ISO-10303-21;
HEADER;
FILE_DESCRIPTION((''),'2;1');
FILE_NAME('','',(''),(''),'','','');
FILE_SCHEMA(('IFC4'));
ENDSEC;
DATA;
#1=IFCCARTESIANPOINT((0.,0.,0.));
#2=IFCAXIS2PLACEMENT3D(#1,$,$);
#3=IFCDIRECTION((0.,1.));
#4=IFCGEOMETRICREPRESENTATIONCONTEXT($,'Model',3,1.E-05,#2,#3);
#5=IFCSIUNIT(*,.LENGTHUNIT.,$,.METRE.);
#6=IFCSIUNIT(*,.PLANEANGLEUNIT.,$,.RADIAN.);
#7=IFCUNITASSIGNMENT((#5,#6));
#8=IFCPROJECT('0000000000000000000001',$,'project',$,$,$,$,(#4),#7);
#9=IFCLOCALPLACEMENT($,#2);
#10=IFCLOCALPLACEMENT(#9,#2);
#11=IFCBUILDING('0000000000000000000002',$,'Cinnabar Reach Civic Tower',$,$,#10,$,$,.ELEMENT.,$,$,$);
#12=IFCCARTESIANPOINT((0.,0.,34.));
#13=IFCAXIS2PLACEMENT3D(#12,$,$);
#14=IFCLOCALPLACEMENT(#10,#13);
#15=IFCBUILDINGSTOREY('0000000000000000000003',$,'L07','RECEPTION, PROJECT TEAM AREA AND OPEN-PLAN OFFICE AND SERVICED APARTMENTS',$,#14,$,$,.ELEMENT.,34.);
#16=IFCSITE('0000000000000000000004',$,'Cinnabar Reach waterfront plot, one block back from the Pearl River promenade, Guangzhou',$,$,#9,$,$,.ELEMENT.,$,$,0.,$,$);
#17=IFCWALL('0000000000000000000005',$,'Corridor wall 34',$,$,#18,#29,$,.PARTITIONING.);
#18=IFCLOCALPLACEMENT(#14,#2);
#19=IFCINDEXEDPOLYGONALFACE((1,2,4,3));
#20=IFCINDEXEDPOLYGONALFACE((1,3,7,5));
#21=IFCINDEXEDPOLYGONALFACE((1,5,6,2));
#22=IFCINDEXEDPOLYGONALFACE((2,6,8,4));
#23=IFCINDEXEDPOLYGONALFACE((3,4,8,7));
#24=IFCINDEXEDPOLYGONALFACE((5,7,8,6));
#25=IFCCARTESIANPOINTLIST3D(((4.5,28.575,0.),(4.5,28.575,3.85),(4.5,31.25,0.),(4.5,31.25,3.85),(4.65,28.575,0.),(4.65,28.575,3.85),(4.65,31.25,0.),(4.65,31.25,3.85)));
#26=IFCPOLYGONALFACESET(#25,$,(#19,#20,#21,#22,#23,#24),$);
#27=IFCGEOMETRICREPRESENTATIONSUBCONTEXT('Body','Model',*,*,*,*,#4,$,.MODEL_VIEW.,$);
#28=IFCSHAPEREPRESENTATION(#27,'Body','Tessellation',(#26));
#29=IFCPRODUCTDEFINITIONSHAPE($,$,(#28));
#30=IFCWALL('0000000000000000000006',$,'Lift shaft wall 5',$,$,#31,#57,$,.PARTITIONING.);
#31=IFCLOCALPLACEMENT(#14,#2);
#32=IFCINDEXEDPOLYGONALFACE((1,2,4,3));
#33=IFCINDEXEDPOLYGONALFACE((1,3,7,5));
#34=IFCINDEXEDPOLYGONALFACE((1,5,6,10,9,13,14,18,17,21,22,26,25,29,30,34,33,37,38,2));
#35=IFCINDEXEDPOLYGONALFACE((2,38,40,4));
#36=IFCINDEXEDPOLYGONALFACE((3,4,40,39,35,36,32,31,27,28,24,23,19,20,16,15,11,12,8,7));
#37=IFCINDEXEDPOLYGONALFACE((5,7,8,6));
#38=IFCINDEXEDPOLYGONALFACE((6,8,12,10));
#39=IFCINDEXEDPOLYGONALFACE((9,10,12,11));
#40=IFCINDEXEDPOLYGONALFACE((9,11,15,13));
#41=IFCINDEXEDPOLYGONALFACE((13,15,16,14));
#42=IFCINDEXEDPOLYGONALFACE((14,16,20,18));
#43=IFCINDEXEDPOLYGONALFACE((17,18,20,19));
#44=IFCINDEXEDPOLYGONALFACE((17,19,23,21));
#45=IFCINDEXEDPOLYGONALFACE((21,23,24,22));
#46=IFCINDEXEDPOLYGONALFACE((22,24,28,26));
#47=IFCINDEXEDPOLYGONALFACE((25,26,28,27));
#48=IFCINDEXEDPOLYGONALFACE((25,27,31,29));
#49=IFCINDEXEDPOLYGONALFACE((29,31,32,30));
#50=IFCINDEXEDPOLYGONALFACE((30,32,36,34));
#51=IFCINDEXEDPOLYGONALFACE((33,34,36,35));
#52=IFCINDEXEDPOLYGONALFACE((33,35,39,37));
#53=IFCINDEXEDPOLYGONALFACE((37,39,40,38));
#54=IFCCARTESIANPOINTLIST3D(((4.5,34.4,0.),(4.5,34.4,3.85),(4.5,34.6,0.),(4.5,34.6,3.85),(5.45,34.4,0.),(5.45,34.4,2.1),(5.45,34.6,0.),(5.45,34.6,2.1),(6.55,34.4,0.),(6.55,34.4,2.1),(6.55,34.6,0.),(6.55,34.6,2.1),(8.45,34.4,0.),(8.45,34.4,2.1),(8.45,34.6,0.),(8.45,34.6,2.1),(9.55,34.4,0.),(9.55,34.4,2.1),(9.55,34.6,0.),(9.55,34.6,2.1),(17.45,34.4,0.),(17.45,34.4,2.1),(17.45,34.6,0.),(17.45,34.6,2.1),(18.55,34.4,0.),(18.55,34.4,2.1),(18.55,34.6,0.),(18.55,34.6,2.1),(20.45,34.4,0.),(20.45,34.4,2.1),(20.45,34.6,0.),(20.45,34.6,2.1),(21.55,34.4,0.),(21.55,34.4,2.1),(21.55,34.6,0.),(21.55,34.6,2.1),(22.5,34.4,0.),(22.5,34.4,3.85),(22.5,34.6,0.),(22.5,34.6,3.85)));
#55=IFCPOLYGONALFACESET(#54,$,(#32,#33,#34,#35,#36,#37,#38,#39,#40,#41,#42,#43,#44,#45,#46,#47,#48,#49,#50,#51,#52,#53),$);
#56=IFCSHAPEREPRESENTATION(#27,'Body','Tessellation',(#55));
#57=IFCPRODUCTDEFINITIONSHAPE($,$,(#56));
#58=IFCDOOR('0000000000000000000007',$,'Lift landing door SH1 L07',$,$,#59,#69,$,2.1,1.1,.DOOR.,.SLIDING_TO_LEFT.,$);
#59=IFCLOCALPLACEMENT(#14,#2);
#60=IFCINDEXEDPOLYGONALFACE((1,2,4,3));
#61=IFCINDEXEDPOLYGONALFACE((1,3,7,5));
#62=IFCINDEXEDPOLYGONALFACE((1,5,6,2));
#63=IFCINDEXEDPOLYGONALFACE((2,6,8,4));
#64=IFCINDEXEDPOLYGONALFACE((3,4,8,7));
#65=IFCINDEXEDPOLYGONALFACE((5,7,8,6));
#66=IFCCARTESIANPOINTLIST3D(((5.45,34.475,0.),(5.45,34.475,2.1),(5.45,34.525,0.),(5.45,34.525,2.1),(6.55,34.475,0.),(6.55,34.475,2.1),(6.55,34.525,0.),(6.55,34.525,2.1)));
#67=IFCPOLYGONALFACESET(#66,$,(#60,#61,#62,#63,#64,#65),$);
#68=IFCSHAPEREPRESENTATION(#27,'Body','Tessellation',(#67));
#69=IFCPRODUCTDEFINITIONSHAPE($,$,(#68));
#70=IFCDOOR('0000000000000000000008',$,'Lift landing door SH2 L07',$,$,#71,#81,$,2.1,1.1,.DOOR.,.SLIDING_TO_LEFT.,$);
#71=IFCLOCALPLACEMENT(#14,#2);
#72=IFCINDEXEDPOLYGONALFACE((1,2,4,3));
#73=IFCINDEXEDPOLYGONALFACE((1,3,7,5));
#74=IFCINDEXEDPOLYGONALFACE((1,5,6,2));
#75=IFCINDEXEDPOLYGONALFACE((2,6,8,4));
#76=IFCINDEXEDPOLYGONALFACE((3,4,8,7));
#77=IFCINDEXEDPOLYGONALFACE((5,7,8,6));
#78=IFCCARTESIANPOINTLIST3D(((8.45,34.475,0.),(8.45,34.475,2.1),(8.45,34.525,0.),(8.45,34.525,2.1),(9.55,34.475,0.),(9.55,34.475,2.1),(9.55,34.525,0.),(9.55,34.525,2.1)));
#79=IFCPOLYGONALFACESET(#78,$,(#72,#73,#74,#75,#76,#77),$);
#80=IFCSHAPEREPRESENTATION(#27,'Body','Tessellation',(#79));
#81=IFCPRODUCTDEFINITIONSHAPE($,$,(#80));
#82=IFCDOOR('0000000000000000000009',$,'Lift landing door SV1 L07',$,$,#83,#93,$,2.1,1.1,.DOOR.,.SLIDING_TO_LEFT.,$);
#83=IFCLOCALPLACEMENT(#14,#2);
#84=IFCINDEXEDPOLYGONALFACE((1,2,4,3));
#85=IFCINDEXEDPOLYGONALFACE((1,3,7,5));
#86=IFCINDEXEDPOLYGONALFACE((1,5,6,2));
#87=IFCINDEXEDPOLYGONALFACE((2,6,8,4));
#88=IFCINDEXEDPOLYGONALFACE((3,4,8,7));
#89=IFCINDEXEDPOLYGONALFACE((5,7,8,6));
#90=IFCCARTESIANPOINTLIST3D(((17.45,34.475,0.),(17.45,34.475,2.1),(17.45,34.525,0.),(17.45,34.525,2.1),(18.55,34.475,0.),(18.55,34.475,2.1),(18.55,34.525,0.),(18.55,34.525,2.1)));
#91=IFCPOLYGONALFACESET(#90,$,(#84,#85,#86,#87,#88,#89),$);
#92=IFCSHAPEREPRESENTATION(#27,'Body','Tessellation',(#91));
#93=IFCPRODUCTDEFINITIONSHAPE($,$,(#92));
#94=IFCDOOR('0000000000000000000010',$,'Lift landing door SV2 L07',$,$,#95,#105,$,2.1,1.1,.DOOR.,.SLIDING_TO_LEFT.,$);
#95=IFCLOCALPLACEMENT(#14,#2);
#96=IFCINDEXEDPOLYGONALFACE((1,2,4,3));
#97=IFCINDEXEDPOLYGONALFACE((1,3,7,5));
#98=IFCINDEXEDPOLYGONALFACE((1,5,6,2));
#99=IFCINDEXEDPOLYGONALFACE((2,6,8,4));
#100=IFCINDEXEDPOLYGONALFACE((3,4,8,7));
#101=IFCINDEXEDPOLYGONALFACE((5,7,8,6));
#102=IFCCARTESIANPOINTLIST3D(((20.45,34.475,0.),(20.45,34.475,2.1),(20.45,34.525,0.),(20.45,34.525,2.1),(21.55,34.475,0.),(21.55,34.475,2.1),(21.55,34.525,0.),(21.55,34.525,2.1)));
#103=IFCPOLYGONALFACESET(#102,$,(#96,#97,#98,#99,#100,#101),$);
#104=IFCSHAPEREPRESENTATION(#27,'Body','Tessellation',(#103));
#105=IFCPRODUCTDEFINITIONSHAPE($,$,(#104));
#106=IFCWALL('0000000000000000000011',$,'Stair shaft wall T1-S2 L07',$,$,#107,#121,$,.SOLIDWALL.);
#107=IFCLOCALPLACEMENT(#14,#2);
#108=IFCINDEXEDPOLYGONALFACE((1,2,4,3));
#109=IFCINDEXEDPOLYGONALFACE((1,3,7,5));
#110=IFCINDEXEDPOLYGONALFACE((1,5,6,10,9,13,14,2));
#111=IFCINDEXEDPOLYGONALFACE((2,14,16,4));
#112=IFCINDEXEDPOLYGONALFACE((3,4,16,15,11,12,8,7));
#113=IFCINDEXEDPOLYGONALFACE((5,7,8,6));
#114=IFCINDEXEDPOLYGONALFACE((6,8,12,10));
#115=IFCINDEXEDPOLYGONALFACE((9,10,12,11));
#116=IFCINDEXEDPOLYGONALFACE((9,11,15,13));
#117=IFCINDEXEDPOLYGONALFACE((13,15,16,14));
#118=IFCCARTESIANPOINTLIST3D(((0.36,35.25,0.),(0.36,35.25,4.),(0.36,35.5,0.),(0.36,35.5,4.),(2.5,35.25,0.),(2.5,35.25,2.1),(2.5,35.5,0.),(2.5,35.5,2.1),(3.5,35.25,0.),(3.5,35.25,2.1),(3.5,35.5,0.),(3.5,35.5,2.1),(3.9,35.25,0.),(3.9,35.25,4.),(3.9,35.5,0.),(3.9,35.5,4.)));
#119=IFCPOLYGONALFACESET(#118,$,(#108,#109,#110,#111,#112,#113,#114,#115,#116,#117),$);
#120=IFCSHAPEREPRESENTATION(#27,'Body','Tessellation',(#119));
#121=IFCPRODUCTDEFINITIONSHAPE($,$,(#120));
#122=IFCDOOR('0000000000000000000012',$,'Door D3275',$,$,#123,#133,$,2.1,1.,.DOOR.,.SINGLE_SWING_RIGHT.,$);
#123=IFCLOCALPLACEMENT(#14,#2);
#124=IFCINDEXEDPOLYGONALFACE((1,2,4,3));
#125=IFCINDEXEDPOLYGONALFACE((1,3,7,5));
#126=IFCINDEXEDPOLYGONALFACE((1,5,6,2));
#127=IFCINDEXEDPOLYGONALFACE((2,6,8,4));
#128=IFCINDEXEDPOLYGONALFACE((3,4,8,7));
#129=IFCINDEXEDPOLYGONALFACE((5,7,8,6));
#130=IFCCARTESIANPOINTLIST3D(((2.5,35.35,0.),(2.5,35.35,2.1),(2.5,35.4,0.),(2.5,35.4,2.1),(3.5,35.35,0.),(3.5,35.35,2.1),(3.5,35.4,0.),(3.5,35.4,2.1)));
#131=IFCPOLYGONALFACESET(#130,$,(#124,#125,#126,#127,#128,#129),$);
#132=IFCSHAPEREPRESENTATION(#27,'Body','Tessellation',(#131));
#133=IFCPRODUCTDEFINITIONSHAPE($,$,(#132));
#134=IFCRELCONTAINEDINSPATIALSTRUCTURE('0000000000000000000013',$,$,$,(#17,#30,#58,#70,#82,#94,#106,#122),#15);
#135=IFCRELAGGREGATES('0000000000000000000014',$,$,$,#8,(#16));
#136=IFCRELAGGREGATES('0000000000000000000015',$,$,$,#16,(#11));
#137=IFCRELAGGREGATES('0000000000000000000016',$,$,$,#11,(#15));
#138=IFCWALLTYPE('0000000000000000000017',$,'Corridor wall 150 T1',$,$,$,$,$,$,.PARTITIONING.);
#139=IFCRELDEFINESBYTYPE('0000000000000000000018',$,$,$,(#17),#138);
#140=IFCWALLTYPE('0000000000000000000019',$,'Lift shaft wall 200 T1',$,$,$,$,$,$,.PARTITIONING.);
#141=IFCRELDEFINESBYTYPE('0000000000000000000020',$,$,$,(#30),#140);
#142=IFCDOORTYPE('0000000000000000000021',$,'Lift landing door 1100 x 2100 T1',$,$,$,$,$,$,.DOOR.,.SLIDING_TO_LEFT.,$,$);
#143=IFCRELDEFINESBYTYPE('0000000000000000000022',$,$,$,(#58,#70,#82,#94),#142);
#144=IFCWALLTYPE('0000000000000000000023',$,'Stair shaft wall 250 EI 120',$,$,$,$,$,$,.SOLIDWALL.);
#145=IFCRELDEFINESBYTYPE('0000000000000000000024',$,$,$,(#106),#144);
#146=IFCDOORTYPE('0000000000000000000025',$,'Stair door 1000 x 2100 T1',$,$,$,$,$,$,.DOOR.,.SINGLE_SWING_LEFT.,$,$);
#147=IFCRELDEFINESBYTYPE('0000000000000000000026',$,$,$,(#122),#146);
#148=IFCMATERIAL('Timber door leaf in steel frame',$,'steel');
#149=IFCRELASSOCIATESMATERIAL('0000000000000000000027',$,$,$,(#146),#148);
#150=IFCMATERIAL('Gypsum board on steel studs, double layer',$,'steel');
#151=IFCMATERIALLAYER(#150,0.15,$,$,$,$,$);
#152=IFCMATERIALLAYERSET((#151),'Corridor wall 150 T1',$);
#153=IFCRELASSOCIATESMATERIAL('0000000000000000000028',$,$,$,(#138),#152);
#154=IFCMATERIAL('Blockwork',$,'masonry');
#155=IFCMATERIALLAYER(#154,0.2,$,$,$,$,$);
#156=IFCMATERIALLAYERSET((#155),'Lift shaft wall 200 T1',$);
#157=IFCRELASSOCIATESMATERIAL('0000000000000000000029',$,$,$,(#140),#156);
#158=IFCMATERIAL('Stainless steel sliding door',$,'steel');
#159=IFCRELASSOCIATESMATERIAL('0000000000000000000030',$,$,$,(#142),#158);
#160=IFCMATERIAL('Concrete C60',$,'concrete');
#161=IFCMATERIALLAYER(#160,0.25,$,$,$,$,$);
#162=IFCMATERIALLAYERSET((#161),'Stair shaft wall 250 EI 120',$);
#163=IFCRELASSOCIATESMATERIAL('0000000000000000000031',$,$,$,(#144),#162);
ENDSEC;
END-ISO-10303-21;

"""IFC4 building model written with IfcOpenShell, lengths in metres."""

from ifc_helpers import new_model, si_unit, direction, frame, frame_2d, origin, place, context, subcontext, project, spatial, rectangle, extrude, material, layer, layer_set, type_object, element, fill, save


model = new_model("IFC4")

# Units and contexts
model_context = context("Model", 3, precision=1e-05, world=origin(), true_north=direction((0.0, 1.0)))
body_context = subcontext(model_context, "Body", "Model", "MODEL_VIEW")
ifc_project = project(units=[si_unit("LENGTHUNIT", "METRE"), si_unit("PLANEANGLEUNIT", "RADIAN")], contexts=[model_context])

# Site, building, storey
site_placement = place(None, origin())
site = spatial("IfcSite", under=ifc_project, at=site_placement, Name="Cinnabar Reach waterfront plot, one block back from the Pearl River promenade, Guangzhou", CompositionType="ELEMENT", RefElevation=0.0)
building_placement = place(site_placement, origin())
building = spatial("IfcBuilding", under=site, at=building_placement, Name="Cinnabar Reach Civic Tower", CompositionType="ELEMENT")
storey_placement = place(building_placement, frame((0.0, 0.0, 34.0)))
storey = spatial("IfcBuildingStorey", under=building, at=storey_placement, Name="L07", Description="RECEPTION, PROJECT TEAM AREA AND OPEN-PLAN OFFICE AND SERVICED APARTMENTS", CompositionType="ELEMENT", Elevation=34.0)

# Shared definitions
ifc_material_1 = material(Name="Concrete C60", Category="concrete")

# Shared definitions
ifc_material_2 = material(Name="Timber door leaf in steel frame", Category="steel")
door_type_1 = type_object("IfcDoorType", Name="Stair door 1000 x 2100 T1", OperationType="SINGLE_SWING_LEFT", PredefinedType="DOOR", material=ifc_material_2)

# Wall
ifc_material_3 = material(Name="Gypsum board on steel studs, double layer", Category="steel")
ifc_layer_1 = layer(ifc_material_3, 0.15)
ifc_layer_set_1 = layer_set([ifc_layer_1], Name="Corridor wall 150 T1")
wall_type_1 = type_object("IfcWallType", Name="Corridor wall 150 T1", PredefinedType="PARTITIONING", material=ifc_layer_set_1)
wall_1_placement = place(storey_placement, frame((4.575, 28.575, 0.0), z_axis=(0.0, 0.0, 1.0), x_axis=(0.0, 1.0, 0.0)))
element("IfcWall", 1, at=wall_1_placement, inside=storey, type_object=wall_type_1, Name="Corridor wall 34", PredefinedType="PARTITIONING", context=body_context, shape_type="SweptSolid", body=[
    extrude(rectangle(XDim=2.675, YDim=0.15, at=frame_2d((1.3375, 0.0))), origin(), (0.0, 0.0, 1.0), 3.85),
])

# Wall, openings, doors
ifc_material_4 = material(Name="Blockwork", Category="masonry")
ifc_layer_2 = layer(ifc_material_4, 0.2)
ifc_layer_set_2 = layer_set([ifc_layer_2], Name="Lift shaft wall 200 T1")
wall_type_2 = type_object("IfcWallType", Name="Lift shaft wall 200 T1", PredefinedType="PARTITIONING", material=ifc_layer_set_2)
wall_2_placement = place(storey_placement, frame((4.5, 34.5, 0.0), z_axis=(0.0, 0.0, 1.0), x_axis=(1.0, 0.0, 0.0)))
wall_2 = element("IfcWall", 2, at=wall_2_placement, inside=storey, type_object=wall_type_2, Name="Lift shaft wall 5", PredefinedType="PARTITIONING", context=body_context, shape_type="SweptSolid", body=[
    extrude(rectangle(XDim=18.0, YDim=0.2, at=frame_2d((9.0, 0.0))), origin(), (0.0, 0.0, 1.0), 3.85),
])
opening_1_placement = place(wall_2_placement, frame((0.95, 0.0, 0.0)))
opening_1 = element("IfcOpeningElement", 3, at=opening_1_placement, cuts=wall_2, PredefinedType="OPENING", context=body_context, shape_type="SweptSolid", body=[
    extrude(rectangle(XDim=1.1, YDim=2.1, at=frame_2d((0.55, 1.05))), frame((0.0, 0.11, 0.0), z_axis=(0.0, -1.0, 0.0), x_axis=(1.0, 0.0, 0.0)), (0.0, 0.0, 1.0), 0.22),
])
opening_2_placement = place(wall_2_placement, frame((3.95, 0.0, 0.0)))
opening_2 = element("IfcOpeningElement", 4, at=opening_2_placement, cuts=wall_2, PredefinedType="OPENING", context=body_context, shape_type="SweptSolid", body=[
    extrude(rectangle(XDim=1.1, YDim=2.1, at=frame_2d((0.55, 1.05))), frame((0.0, 0.11, 0.0), z_axis=(0.0, -1.0, 0.0), x_axis=(1.0, 0.0, 0.0)), (0.0, 0.0, 1.0), 0.22),
])
opening_3_placement = place(wall_2_placement, frame((12.95, 0.0, 0.0)))
opening_3 = element("IfcOpeningElement", 5, at=opening_3_placement, cuts=wall_2, PredefinedType="OPENING", context=body_context, shape_type="SweptSolid", body=[
    extrude(rectangle(XDim=1.1, YDim=2.1, at=frame_2d((0.55, 1.05))), frame((0.0, 0.11, 0.0), z_axis=(0.0, -1.0, 0.0), x_axis=(1.0, 0.0, 0.0)), (0.0, 0.0, 1.0), 0.22),
])
opening_4_placement = place(wall_2_placement, frame((15.95, 0.0, 0.0)))
opening_4 = element("IfcOpeningElement", 6, at=opening_4_placement, cuts=wall_2, PredefinedType="OPENING", context=body_context, shape_type="SweptSolid", body=[
    extrude(rectangle(XDim=1.1, YDim=2.1, at=frame_2d((0.55, 1.05))), frame((0.0, 0.11, 0.0), z_axis=(0.0, -1.0, 0.0), x_axis=(1.0, 0.0, 0.0)), (0.0, 0.0, 1.0), 0.22),
])
ifc_material_5 = material(Name="Stainless steel sliding door", Category="steel")
door_type_2 = type_object("IfcDoorType", Name="Lift landing door 1100 x 2100 T1", OperationType="SLIDING_TO_LEFT", PredefinedType="DOOR", material=ifc_material_5)
door_1_placement = place(opening_1_placement, origin())
door_1 = element("IfcDoor", 7, at=door_1_placement, inside=storey, type_object=door_type_2, Name="Lift landing door SH1 L07", OperationType="SLIDING_TO_LEFT", OverallHeight=2.1, OverallWidth=1.1, PredefinedType="DOOR", context=body_context, shape_type="SweptSolid", body=[
    extrude(rectangle(XDim=1.1, YDim=2.1, at=frame_2d((0.55, 1.05))), frame((0.0, 0.025, 0.0), z_axis=(0.0, -1.0, 0.0), x_axis=(1.0, 0.0, 0.0)), (0.0, 0.0, 1.0), 0.05),
])
fill(opening_1, door_1)
door_2_placement = place(opening_2_placement, origin())
door_2 = element("IfcDoor", 8, at=door_2_placement, inside=storey, type_object=door_type_2, Name="Lift landing door SH2 L07", OperationType="SLIDING_TO_LEFT", OverallHeight=2.1, OverallWidth=1.1, PredefinedType="DOOR", context=body_context, shape_type="SweptSolid", body=[
    extrude(rectangle(XDim=1.1, YDim=2.1, at=frame_2d((0.55, 1.05))), frame((0.0, 0.025, 0.0), z_axis=(0.0, -1.0, 0.0), x_axis=(1.0, 0.0, 0.0)), (0.0, 0.0, 1.0), 0.05),
])
fill(opening_2, door_2)
door_3_placement = place(opening_3_placement, origin())
door_3 = element("IfcDoor", 9, at=door_3_placement, inside=storey, type_object=door_type_2, Name="Lift landing door SV1 L07", OperationType="SLIDING_TO_LEFT", OverallHeight=2.1, OverallWidth=1.1, PredefinedType="DOOR", context=body_context, shape_type="SweptSolid", body=[
    extrude(rectangle(XDim=1.1, YDim=2.1, at=frame_2d((0.55, 1.05))), frame((0.0, 0.025, 0.0), z_axis=(0.0, -1.0, 0.0), x_axis=(1.0, 0.0, 0.0)), (0.0, 0.0, 1.0), 0.05),
])
fill(opening_3, door_3)
door_4_placement = place(opening_4_placement, origin())
door_4 = element("IfcDoor", 10, at=door_4_placement, inside=storey, type_object=door_type_2, Name="Lift landing door SV2 L07", OperationType="SLIDING_TO_LEFT", OverallHeight=2.1, OverallWidth=1.1, PredefinedType="DOOR", context=body_context, shape_type="SweptSolid", body=[
    extrude(rectangle(XDim=1.1, YDim=2.1, at=frame_2d((0.55, 1.05))), frame((0.0, 0.025, 0.0), z_axis=(0.0, -1.0, 0.0), x_axis=(1.0, 0.0, 0.0)), (0.0, 0.0, 1.0), 0.05),
])
fill(opening_4, door_4)

# Wall, opening, door
ifc_layer_3 = layer(ifc_material_1, 0.25)
ifc_layer_set_3 = layer_set([ifc_layer_3], Name="Stair shaft wall 250 EI 120")
wall_type_3 = type_object("IfcWallType", Name="Stair shaft wall 250 EI 120", PredefinedType="SOLIDWALL", material=ifc_layer_set_3)
wall_3_placement = place(storey_placement, frame((0.36, 35.375, 0.0), z_axis=(0.0, 0.0, 1.0), x_axis=(1.0, 0.0, 0.0)))
wall_3 = element("IfcWall", 11, at=wall_3_placement, inside=storey, type_object=wall_type_3, Name="Stair shaft wall T1-S2 L07", PredefinedType="SOLIDWALL", context=body_context, shape_type="SweptSolid", body=[
    extrude(rectangle(XDim=3.54, YDim=0.25, at=frame_2d((1.77, 0.0))), origin(), (0.0, 0.0, 1.0), 4.0),
])
opening_5_placement = place(wall_3_placement, frame((2.14, 0.0, 0.0)))
opening_5 = element("IfcOpeningElement", 12, at=opening_5_placement, cuts=wall_3, PredefinedType="OPENING", context=body_context, shape_type="SweptSolid", body=[
    extrude(rectangle(XDim=1.0, YDim=2.1, at=frame_2d((0.5, 1.05))), frame((0.0, 0.135, 0.0), z_axis=(0.0, -1.0, 0.0), x_axis=(1.0, 0.0, 0.0)), (0.0, 0.0, 1.0), 0.27),
])
door_5_placement = place(opening_5_placement, origin())
door_5 = element("IfcDoor", 13, at=door_5_placement, inside=storey, type_object=door_type_1, Name="Door D3275", OperationType="SINGLE_SWING_RIGHT", OverallHeight=2.1, OverallWidth=1.0, PredefinedType="DOOR", context=body_context, shape_type="SweptSolid", body=[
    extrude(rectangle(XDim=1.0, YDim=2.1, at=frame_2d((0.5, 1.05))), frame((0.0, 0.025, 0.0), z_axis=(0.0, -1.0, 0.0), x_axis=(1.0, 0.0, 0.0)), (0.0, 0.0, 1.0), 0.05),
])
fill(opening_5, door_5)

save(model, "model.ifc")
